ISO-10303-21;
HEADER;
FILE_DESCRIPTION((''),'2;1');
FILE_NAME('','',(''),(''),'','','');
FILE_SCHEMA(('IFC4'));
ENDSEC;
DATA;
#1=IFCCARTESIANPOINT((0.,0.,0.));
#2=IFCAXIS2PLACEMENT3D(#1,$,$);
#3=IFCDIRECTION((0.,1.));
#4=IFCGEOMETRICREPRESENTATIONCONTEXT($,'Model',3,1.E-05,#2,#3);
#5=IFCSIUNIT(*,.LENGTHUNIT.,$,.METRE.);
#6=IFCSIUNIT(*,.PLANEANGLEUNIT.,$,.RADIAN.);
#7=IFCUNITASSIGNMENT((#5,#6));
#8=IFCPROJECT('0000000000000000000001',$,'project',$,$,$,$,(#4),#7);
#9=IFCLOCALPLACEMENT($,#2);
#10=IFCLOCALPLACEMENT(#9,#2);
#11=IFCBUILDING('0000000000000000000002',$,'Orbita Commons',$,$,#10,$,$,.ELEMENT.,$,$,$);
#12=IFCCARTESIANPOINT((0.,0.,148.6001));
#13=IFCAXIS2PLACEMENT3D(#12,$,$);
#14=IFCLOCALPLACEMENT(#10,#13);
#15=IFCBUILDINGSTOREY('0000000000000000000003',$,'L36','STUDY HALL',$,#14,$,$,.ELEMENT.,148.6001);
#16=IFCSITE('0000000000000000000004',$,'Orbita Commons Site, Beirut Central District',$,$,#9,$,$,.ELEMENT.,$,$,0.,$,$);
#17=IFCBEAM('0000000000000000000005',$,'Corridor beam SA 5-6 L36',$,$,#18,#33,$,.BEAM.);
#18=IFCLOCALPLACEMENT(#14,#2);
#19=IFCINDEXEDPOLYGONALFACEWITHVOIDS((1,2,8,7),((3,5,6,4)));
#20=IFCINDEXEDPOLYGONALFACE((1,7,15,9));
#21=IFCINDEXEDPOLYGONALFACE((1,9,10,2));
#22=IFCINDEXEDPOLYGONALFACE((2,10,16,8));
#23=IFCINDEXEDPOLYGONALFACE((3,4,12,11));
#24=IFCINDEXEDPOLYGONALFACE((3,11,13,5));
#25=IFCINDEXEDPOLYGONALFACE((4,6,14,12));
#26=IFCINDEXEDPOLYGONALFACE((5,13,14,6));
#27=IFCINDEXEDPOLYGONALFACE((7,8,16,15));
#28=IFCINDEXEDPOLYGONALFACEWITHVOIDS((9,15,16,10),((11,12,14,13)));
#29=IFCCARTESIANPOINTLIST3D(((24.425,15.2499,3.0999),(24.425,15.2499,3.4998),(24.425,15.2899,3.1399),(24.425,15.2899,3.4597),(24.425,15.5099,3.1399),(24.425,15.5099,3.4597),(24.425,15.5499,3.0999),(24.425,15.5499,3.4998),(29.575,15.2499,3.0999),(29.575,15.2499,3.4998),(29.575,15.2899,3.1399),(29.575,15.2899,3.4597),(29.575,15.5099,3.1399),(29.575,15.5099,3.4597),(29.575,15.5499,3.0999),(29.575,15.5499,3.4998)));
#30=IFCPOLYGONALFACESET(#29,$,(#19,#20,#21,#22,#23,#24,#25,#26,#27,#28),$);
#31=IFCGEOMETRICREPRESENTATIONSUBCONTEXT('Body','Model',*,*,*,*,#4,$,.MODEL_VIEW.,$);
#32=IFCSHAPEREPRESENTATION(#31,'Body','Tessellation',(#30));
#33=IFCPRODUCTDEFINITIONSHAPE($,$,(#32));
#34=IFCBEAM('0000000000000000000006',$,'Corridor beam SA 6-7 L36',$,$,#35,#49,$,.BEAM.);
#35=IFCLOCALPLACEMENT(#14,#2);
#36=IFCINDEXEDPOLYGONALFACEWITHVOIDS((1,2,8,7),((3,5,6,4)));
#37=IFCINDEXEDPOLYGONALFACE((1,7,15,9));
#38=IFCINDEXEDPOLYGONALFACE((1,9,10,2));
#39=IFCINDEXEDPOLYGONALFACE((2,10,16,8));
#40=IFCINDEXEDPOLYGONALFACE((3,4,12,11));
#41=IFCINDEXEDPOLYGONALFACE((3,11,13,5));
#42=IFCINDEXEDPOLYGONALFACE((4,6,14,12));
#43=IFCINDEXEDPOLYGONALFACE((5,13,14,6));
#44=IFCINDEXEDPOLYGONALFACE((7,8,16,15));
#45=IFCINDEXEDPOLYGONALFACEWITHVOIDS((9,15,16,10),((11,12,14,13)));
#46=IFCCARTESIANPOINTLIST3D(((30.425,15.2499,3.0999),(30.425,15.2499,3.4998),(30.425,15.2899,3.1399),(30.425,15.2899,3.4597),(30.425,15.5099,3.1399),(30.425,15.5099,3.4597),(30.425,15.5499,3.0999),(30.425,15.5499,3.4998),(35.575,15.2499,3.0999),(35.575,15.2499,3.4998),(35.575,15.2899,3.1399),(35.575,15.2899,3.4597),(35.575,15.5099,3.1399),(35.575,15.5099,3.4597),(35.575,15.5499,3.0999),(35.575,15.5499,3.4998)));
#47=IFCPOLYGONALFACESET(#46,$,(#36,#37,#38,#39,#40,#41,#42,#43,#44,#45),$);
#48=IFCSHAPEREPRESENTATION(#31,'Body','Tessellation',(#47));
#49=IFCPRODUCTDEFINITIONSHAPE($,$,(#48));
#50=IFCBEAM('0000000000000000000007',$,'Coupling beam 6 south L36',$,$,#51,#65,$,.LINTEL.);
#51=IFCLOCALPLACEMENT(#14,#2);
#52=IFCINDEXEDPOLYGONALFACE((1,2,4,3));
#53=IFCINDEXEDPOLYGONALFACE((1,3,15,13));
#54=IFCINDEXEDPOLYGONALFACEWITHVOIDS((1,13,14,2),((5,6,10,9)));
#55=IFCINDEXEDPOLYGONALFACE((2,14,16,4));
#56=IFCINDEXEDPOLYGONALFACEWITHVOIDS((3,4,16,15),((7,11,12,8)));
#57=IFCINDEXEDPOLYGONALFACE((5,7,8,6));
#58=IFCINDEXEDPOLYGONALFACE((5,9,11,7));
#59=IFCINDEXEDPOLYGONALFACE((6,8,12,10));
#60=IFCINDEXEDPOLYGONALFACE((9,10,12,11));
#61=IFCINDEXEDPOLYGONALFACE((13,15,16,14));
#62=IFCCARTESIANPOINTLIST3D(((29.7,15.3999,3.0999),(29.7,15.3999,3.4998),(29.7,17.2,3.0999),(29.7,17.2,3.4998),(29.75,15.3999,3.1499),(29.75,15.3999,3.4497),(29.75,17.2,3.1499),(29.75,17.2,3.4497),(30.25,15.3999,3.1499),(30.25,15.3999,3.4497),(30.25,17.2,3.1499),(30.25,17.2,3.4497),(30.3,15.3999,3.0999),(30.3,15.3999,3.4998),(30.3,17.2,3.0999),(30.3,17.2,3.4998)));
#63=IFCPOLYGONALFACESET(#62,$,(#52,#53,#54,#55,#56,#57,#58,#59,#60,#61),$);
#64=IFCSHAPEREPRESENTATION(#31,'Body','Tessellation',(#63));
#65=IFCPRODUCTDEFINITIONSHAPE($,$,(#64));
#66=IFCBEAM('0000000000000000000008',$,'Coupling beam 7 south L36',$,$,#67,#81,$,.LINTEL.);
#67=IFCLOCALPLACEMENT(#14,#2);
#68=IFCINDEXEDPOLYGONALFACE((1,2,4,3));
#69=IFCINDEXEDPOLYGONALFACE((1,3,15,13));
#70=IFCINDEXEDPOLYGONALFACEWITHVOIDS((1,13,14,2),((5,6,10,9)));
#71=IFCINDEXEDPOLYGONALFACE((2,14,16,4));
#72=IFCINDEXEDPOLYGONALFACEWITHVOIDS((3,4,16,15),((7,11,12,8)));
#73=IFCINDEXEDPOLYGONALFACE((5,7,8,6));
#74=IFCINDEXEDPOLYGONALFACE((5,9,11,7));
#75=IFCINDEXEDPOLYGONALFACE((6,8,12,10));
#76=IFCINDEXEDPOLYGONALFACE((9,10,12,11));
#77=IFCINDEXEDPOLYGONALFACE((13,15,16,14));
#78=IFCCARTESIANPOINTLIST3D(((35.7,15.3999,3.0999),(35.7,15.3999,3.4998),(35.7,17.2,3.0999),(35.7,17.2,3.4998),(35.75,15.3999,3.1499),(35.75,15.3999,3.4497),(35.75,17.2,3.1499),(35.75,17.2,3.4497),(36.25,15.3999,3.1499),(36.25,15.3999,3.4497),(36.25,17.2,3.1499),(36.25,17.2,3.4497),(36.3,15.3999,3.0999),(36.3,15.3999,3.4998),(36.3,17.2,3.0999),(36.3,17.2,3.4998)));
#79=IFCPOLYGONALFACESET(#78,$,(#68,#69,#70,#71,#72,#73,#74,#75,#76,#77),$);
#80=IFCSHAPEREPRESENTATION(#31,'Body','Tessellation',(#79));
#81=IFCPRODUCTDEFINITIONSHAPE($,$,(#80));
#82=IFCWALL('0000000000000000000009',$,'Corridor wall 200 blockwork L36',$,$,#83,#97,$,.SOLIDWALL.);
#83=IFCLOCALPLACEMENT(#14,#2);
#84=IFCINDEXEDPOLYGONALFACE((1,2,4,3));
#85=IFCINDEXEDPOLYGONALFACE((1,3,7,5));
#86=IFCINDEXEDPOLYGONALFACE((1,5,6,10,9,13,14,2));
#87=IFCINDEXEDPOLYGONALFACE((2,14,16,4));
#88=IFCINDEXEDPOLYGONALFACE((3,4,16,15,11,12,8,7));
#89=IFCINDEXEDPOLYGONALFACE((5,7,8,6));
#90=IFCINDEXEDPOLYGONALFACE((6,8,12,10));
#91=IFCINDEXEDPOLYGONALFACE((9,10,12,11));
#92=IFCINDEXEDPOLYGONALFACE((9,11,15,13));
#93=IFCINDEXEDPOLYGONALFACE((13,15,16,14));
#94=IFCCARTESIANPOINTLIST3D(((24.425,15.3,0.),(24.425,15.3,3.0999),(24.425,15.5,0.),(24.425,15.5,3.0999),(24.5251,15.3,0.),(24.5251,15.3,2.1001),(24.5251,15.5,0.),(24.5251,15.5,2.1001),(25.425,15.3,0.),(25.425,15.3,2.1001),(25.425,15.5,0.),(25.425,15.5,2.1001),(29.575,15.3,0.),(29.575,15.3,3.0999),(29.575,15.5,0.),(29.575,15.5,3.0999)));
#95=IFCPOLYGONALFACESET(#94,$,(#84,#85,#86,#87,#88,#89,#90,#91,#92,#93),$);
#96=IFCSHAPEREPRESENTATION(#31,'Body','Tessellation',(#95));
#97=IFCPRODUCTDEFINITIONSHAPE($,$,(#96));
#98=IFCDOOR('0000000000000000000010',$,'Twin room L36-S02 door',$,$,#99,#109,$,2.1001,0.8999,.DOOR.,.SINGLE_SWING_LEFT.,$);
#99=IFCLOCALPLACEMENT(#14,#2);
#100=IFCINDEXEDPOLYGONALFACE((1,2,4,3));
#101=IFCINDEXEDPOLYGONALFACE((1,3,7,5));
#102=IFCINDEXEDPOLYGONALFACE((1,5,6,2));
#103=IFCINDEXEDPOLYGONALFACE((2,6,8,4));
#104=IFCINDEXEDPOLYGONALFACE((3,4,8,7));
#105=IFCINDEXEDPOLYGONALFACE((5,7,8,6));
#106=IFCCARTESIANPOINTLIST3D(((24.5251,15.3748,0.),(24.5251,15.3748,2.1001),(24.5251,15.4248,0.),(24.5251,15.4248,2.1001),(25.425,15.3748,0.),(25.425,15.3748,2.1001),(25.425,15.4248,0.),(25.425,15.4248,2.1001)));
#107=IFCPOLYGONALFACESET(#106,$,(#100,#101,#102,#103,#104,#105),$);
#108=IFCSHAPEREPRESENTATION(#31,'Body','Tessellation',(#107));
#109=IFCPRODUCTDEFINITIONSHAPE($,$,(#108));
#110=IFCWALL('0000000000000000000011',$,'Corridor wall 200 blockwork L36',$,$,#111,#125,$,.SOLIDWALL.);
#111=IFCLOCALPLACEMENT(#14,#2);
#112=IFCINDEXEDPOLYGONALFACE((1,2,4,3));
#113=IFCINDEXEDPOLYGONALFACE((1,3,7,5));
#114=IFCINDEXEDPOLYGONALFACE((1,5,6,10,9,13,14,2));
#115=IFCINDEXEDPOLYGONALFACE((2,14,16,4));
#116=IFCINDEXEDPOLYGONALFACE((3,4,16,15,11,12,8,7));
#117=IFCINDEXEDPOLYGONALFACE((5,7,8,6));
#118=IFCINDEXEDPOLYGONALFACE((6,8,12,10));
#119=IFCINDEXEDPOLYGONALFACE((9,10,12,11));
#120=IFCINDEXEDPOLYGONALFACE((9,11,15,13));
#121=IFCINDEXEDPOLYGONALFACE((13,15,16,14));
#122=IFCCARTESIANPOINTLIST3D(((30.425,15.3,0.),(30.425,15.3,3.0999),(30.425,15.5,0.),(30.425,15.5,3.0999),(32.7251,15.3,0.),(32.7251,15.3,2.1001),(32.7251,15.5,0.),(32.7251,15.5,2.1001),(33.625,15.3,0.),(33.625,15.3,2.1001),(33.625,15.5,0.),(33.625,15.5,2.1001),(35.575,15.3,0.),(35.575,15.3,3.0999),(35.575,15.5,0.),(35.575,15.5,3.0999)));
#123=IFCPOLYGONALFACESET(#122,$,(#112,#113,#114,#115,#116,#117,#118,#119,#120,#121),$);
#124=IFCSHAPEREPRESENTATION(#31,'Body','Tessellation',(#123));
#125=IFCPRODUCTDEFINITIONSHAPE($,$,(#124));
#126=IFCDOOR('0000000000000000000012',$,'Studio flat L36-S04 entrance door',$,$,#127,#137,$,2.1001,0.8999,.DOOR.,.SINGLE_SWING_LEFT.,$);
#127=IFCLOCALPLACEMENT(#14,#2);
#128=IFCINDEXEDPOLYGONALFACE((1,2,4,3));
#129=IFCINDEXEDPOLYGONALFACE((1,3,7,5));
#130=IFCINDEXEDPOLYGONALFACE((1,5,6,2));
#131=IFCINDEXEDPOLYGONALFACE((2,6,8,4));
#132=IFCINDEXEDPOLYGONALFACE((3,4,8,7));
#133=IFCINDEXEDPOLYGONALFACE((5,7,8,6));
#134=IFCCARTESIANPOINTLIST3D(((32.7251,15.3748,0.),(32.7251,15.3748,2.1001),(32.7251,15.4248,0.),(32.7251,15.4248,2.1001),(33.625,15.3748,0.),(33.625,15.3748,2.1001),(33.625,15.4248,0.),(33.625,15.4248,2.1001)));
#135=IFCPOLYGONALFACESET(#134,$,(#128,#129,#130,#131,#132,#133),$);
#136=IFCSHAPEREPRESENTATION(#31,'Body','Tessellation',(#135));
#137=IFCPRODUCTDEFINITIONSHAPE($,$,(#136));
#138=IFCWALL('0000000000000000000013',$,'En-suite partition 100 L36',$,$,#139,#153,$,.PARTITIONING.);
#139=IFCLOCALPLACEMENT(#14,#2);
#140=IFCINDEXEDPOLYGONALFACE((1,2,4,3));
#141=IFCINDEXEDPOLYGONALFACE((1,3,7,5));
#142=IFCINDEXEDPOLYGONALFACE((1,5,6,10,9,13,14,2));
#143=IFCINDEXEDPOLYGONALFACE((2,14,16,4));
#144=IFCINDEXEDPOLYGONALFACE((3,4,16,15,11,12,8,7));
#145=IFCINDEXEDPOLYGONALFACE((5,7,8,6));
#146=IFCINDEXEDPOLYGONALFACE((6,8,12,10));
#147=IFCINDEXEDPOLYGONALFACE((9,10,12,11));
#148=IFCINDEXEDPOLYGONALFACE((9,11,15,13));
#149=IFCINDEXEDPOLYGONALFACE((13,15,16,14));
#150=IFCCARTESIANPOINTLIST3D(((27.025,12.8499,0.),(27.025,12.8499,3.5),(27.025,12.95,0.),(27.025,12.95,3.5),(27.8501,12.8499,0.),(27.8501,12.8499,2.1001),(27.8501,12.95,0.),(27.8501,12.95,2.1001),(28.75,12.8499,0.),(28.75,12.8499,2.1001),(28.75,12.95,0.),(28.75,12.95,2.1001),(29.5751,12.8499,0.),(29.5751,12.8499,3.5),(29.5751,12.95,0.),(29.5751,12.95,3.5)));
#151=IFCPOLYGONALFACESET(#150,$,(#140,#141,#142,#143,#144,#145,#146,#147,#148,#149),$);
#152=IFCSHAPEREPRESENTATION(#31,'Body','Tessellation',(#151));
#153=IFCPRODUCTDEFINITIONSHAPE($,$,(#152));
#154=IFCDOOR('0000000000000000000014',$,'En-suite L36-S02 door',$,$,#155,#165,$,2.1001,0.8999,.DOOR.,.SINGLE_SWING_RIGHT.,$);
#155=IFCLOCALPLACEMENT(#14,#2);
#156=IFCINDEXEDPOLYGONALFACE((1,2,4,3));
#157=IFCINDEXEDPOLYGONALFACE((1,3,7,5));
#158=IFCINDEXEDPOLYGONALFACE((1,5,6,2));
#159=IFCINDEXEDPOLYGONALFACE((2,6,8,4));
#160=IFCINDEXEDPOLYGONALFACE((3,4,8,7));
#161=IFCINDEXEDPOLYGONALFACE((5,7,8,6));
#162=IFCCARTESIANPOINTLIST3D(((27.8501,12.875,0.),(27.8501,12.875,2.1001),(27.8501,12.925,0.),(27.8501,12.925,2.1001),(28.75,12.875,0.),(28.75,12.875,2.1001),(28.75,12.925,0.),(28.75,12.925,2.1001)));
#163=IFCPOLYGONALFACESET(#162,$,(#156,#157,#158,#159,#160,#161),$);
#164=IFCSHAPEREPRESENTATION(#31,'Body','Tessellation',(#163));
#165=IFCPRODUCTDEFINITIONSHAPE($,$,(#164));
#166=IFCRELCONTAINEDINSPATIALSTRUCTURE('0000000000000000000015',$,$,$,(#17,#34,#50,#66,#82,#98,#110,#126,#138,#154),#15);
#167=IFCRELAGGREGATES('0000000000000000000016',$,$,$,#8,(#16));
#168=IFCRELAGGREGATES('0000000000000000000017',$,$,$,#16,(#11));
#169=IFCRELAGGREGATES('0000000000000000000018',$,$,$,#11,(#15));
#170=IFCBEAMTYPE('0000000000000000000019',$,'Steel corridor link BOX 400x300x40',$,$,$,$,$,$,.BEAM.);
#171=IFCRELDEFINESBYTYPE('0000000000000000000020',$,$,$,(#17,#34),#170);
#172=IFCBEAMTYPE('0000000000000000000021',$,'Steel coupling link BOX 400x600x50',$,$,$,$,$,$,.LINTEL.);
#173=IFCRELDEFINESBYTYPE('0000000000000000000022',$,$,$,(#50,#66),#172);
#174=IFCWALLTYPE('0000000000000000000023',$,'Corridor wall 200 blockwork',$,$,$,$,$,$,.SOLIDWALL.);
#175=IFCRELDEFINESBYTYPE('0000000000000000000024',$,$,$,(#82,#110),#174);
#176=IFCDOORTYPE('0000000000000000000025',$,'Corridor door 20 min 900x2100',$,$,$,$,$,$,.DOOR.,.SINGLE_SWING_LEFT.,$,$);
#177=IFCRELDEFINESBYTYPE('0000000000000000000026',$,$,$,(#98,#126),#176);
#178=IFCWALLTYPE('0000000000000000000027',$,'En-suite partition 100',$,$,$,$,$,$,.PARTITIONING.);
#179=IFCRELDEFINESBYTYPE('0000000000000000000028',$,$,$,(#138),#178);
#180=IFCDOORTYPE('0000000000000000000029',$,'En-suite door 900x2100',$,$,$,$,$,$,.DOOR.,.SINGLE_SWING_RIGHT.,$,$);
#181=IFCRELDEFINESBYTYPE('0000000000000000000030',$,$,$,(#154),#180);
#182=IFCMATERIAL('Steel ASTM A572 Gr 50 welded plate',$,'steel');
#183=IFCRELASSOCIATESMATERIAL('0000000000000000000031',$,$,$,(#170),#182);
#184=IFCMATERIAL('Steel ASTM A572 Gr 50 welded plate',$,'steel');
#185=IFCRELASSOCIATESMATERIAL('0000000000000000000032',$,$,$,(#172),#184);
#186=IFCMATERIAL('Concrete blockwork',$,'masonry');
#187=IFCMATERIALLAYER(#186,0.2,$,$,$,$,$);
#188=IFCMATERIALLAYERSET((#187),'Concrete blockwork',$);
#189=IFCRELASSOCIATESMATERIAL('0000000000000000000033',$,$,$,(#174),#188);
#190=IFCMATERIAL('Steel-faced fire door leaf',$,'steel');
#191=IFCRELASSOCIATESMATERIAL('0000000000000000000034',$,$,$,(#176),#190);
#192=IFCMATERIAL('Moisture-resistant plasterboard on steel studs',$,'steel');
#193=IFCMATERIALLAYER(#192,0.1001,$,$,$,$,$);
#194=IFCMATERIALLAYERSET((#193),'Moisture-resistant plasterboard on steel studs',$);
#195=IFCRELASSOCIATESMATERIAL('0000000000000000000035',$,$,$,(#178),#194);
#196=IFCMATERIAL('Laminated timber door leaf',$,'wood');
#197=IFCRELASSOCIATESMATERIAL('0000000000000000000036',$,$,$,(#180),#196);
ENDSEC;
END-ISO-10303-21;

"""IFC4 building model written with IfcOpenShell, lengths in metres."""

from ifc_helpers import new_model, si_unit, direction, frame, frame_2d, origin, origin_2d, place, context, subcontext, project, spatial, polyline, rectangle, hollow_rectangle, outline, extrude, material, layer, layer_set, material_profile, profile_set, type_object, element, fill, save


model = new_model("IFC4")

# Units and contexts
model_context = context("Model", 3, precision=1e-05, world=origin(), true_north=direction((0.0, 1.0)))
body_context = subcontext(model_context, "Body", "Model", "MODEL_VIEW")
ifc_project = project(units=[si_unit("LENGTHUNIT", "METRE"), si_unit("PLANEANGLEUNIT", "RADIAN")], contexts=[model_context])

# Site, building, storey
site_placement = place(None, origin())
site = spatial("IfcSite", under=ifc_project, at=site_placement, Name="Orbita Commons Site, Beirut Central District", CompositionType="ELEMENT", RefElevation=0.0)
building_placement = place(site_placement, origin())
building = spatial("IfcBuilding", under=site, at=building_placement, Name="Orbita Commons", CompositionType="ELEMENT")
storey_placement = place(building_placement, frame((0.0, 0.0, 148.6001)))
storey = spatial("IfcBuildingStorey", under=building, at=storey_placement, Name="L36", Description="STUDY HALL", CompositionType="ELEMENT", Elevation=148.6001)

# Beams
ifc_material_1 = material(Name="Steel ASTM A572 Gr 50 welded plate", Category="steel")
ifc_material_profile_1 = material_profile(ifc_material_1, hollow_rectangle(XDim=0.3, YDim=0.3999, WallThickness=0.04, at=origin_2d()), Name="BOX 400x300x40")
ifc_profile_set_1 = profile_set([ifc_material_profile_1], Name="Steel ASTM A572 Gr 50 welded plate")
beam_type_1 = type_object("IfcBeamType", Name="Steel corridor link BOX 400x300x40", PredefinedType="BEAM", material=ifc_profile_set_1)
for number, where, z_axis, x_axis, name in (
    (1, (24.425, 15.3999, 3.2998), (1.0, 0.0, 0.0), (0.0, 1.0, 0.0), "Corridor beam SA 5-6 L36"),
    (2, (30.425, 15.3999, 3.2998), (1.0, 0.0, 0.0), (0.0, 1.0, 0.0), "Corridor beam SA 6-7 L36"),
):
    element("IfcBeam", number, at=place(storey_placement, frame(where, z_axis=z_axis, x_axis=x_axis)), inside=storey, type_object=beam_type_1, Name=name, PredefinedType="BEAM", context=body_context, shape_type="SweptSolid", body=[
        extrude(hollow_rectangle(XDim=0.3, YDim=0.3999, WallThickness=0.04, at=origin_2d()), origin(), (0.0, 0.0, 1.0), 5.1499),
    ])
ifc_material_2 = material(Name="Steel ASTM A572 Gr 50 welded plate", Category="steel")
ifc_material_profile_2 = material_profile(ifc_material_2, hollow_rectangle(XDim=0.6001, YDim=0.3999, WallThickness=0.05, at=origin_2d()), Name="BOX 400x600x50")
ifc_profile_set_2 = profile_set([ifc_material_profile_2], Name="Steel ASTM A572 Gr 50 welded plate")
beam_type_2 = type_object("IfcBeamType", Name="Steel coupling link BOX 400x600x50", PredefinedType="LINTEL", material=ifc_profile_set_2)
for number, where, z_axis, x_axis, name in (
    (3, (30.0, 15.3999, 3.2998), (0.0, 1.0, 0.0), (-1.0, 0.0, 0.0), "Coupling beam 6 south L36"),
    (4, (36.0, 15.3999, 3.2998), (0.0, 1.0, 0.0), (-1.0, 0.0, 0.0), "Coupling beam 7 south L36"),
):
    element("IfcBeam", number, at=place(storey_placement, frame(where, z_axis=z_axis, x_axis=x_axis)), inside=storey, type_object=beam_type_2, Name=name, PredefinedType="LINTEL", context=body_context, shape_type="SweptSolid", body=[
        extrude(hollow_rectangle(XDim=0.6001, YDim=0.3999, WallThickness=0.05, at=origin_2d()), origin(), (0.0, 0.0, 1.0), 1.8),
    ])

# Walls, openings, doors
ifc_material_3 = material(Name="Concrete blockwork", Category="masonry")
ifc_layer_1 = layer(ifc_material_3, 0.2)
ifc_layer_set_1 = layer_set([ifc_layer_1], Name="Concrete blockwork")
wall_type_1 = type_object("IfcWallType", Name="Corridor wall 200 blockwork", PredefinedType="SOLIDWALL", material=ifc_layer_set_1)
wall_1_placement = place(storey_placement, frame((24.425, 15.3999, 0.0), z_axis=(0.0, 0.0, 1.0), x_axis=(1.0, 0.0, 0.0)))
wall_1 = element("IfcWall", 5, at=wall_1_placement, inside=storey, type_object=wall_type_1, Name="Corridor wall 200 blockwork L36", PredefinedType="SOLIDWALL", context=body_context, shape_type="SweptSolid", body=[
    extrude(outline(polyline([(0.0, 0.0), (5.1499, 0.0), (5.1499, 3.0999), (0.0, 3.0999), (0.0, 0.0)])), frame((0.0, 0.1001, 0.0), z_axis=(0.0, -1.0, 0.0), x_axis=(1.0, 0.0, 0.0)), (0.0, 0.0, 1.0), 0.2),
])
opening_1_placement = place(wall_1_placement, frame((0.1001, 0.0, 0.0)))
opening_1 = element("IfcOpeningElement", 6, at=opening_1_placement, cuts=wall_1, PredefinedType="OPENING", context=body_context, shape_type="SweptSolid", body=[
    extrude(rectangle(XDim=0.8999, YDim=2.1001, at=frame_2d((0.45, 1.05))), frame((0.0, 0.1099, 0.0), z_axis=(0.0, -1.0, 0.0), x_axis=(1.0, 0.0, 0.0)), (0.0, 0.0, 1.0), 0.22),
])
ifc_material_4 = material(Name="Steel-faced fire door leaf", Category="steel")
door_type_1 = type_object("IfcDoorType", Name="Corridor door 20 min 900x2100", OperationType="SINGLE_SWING_LEFT", PredefinedType="DOOR", material=ifc_material_4)
door_1_placement = place(opening_1_placement, origin())
door_1 = element("IfcDoor", 7, at=door_1_placement, inside=storey, type_object=door_type_1, Name="Twin room L36-S02 door", OperationType="SINGLE_SWING_LEFT", OverallHeight=2.1001, OverallWidth=0.8999, PredefinedType="DOOR", context=body_context, shape_type="SweptSolid", body=[
    extrude(rectangle(XDim=0.8999, YDim=2.1001, at=frame_2d((0.45, 1.05))), frame((0.0, 0.0249, 0.0), z_axis=(0.0, -1.0, 0.0), x_axis=(1.0, 0.0, 0.0)), (0.0, 0.0, 1.0), 0.05),
])
fill(opening_1, door_1)
wall_2_placement = place(storey_placement, frame((30.425, 15.3999, 0.0), z_axis=(0.0, 0.0, 1.0), x_axis=(1.0, 0.0, 0.0)))
wall_2 = element("IfcWall", 8, at=wall_2_placement, inside=storey, type_object=wall_type_1, Name="Corridor wall 200 blockwork L36", PredefinedType="SOLIDWALL", context=body_context, shape_type="SweptSolid", body=[
    extrude(outline(polyline([(0.0, 0.0), (5.1499, 0.0), (5.1499, 3.0999), (0.0, 3.0999), (0.0, 0.0)])), frame((0.0, 0.1001, 0.0), z_axis=(0.0, -1.0, 0.0), x_axis=(1.0, 0.0, 0.0)), (0.0, 0.0, 1.0), 0.2),
])
opening_2_placement = place(wall_2_placement, frame((2.3, 0.0, 0.0)))
opening_2 = element("IfcOpeningElement", 9, at=opening_2_placement, cuts=wall_2, PredefinedType="OPENING", context=body_context, shape_type="SweptSolid", body=[
    extrude(rectangle(XDim=0.8999, YDim=2.1001, at=frame_2d((0.45, 1.05))), frame((0.0, 0.1099, 0.0), z_axis=(0.0, -1.0, 0.0), x_axis=(1.0, 0.0, 0.0)), (0.0, 0.0, 1.0), 0.22),
])
door_2_placement = place(opening_2_placement, origin())
door_2 = element("IfcDoor", 10, at=door_2_placement, inside=storey, type_object=door_type_1, Name="Studio flat L36-S04 entrance door", OperationType="SINGLE_SWING_LEFT", OverallHeight=2.1001, OverallWidth=0.8999, PredefinedType="DOOR", context=body_context, shape_type="SweptSolid", body=[
    extrude(rectangle(XDim=0.8999, YDim=2.1001, at=frame_2d((0.45, 1.05))), frame((0.0, 0.0249, 0.0), z_axis=(0.0, -1.0, 0.0), x_axis=(1.0, 0.0, 0.0)), (0.0, 0.0, 1.0), 0.05),
])
fill(opening_2, door_2)
ifc_material_5 = material(Name="Moisture-resistant plasterboard on steel studs", Category="steel")
ifc_layer_2 = layer(ifc_material_5, 0.1001)
ifc_layer_set_2 = layer_set([ifc_layer_2], Name="Moisture-resistant plasterboard on steel studs")
wall_type_2 = type_object("IfcWallType", Name="En-suite partition 100", PredefinedType="PARTITIONING", material=ifc_layer_set_2)
wall_3_placement = place(storey_placement, frame((29.575, 12.8999, 0.0), z_axis=(0.0, 0.0, 1.0), x_axis=(-1.0, 0.0, 0.0)))
wall_3 = element("IfcWall", 11, at=wall_3_placement, inside=storey, type_object=wall_type_2, Name="En-suite partition 100 L36", PredefinedType="PARTITIONING", context=body_context, shape_type="SweptSolid", body=[
    extrude(rectangle(XDim=2.55, YDim=0.1001, at=frame_2d((1.2749, 0.0))), origin(), (0.0, 0.0, 1.0), 3.5),
])
opening_3_placement = place(wall_3_placement, frame((0.825, 0.0, 0.0)))
opening_3 = element("IfcOpeningElement", 12, at=opening_3_placement, cuts=wall_3, PredefinedType="OPENING", context=body_context, shape_type="SweptSolid", body=[
    extrude(rectangle(XDim=0.8999, YDim=2.1001, at=frame_2d((0.45, 1.05))), frame((0.0, 0.0601, 0.0), z_axis=(0.0, -1.0, 0.0), x_axis=(1.0, 0.0, 0.0)), (0.0, 0.0, 1.0), 0.1201),
])
ifc_material_6 = material(Name="Laminated timber door leaf", Category="wood")
door_type_2 = type_object("IfcDoorType", Name="En-suite door 900x2100", OperationType="SINGLE_SWING_RIGHT", PredefinedType="DOOR", material=ifc_material_6)
door_3_placement = place(opening_3_placement, origin())
door_3 = element("IfcDoor", 13, at=door_3_placement, inside=storey, type_object=door_type_2, Name="En-suite L36-S02 door", OperationType="SINGLE_SWING_RIGHT", OverallHeight=2.1001, OverallWidth=0.8999, PredefinedType="DOOR", context=body_context, shape_type="SweptSolid", body=[
    extrude(rectangle(XDim=0.8999, YDim=2.1001, at=frame_2d((0.45, 1.05))), frame((0.0, 0.0249, 0.0), z_axis=(0.0, -1.0, 0.0), x_axis=(1.0, 0.0, 0.0)), (0.0, 0.0, 1.0), 0.05),
])
fill(opening_3, door_3)

save(model, "model.ifc")
